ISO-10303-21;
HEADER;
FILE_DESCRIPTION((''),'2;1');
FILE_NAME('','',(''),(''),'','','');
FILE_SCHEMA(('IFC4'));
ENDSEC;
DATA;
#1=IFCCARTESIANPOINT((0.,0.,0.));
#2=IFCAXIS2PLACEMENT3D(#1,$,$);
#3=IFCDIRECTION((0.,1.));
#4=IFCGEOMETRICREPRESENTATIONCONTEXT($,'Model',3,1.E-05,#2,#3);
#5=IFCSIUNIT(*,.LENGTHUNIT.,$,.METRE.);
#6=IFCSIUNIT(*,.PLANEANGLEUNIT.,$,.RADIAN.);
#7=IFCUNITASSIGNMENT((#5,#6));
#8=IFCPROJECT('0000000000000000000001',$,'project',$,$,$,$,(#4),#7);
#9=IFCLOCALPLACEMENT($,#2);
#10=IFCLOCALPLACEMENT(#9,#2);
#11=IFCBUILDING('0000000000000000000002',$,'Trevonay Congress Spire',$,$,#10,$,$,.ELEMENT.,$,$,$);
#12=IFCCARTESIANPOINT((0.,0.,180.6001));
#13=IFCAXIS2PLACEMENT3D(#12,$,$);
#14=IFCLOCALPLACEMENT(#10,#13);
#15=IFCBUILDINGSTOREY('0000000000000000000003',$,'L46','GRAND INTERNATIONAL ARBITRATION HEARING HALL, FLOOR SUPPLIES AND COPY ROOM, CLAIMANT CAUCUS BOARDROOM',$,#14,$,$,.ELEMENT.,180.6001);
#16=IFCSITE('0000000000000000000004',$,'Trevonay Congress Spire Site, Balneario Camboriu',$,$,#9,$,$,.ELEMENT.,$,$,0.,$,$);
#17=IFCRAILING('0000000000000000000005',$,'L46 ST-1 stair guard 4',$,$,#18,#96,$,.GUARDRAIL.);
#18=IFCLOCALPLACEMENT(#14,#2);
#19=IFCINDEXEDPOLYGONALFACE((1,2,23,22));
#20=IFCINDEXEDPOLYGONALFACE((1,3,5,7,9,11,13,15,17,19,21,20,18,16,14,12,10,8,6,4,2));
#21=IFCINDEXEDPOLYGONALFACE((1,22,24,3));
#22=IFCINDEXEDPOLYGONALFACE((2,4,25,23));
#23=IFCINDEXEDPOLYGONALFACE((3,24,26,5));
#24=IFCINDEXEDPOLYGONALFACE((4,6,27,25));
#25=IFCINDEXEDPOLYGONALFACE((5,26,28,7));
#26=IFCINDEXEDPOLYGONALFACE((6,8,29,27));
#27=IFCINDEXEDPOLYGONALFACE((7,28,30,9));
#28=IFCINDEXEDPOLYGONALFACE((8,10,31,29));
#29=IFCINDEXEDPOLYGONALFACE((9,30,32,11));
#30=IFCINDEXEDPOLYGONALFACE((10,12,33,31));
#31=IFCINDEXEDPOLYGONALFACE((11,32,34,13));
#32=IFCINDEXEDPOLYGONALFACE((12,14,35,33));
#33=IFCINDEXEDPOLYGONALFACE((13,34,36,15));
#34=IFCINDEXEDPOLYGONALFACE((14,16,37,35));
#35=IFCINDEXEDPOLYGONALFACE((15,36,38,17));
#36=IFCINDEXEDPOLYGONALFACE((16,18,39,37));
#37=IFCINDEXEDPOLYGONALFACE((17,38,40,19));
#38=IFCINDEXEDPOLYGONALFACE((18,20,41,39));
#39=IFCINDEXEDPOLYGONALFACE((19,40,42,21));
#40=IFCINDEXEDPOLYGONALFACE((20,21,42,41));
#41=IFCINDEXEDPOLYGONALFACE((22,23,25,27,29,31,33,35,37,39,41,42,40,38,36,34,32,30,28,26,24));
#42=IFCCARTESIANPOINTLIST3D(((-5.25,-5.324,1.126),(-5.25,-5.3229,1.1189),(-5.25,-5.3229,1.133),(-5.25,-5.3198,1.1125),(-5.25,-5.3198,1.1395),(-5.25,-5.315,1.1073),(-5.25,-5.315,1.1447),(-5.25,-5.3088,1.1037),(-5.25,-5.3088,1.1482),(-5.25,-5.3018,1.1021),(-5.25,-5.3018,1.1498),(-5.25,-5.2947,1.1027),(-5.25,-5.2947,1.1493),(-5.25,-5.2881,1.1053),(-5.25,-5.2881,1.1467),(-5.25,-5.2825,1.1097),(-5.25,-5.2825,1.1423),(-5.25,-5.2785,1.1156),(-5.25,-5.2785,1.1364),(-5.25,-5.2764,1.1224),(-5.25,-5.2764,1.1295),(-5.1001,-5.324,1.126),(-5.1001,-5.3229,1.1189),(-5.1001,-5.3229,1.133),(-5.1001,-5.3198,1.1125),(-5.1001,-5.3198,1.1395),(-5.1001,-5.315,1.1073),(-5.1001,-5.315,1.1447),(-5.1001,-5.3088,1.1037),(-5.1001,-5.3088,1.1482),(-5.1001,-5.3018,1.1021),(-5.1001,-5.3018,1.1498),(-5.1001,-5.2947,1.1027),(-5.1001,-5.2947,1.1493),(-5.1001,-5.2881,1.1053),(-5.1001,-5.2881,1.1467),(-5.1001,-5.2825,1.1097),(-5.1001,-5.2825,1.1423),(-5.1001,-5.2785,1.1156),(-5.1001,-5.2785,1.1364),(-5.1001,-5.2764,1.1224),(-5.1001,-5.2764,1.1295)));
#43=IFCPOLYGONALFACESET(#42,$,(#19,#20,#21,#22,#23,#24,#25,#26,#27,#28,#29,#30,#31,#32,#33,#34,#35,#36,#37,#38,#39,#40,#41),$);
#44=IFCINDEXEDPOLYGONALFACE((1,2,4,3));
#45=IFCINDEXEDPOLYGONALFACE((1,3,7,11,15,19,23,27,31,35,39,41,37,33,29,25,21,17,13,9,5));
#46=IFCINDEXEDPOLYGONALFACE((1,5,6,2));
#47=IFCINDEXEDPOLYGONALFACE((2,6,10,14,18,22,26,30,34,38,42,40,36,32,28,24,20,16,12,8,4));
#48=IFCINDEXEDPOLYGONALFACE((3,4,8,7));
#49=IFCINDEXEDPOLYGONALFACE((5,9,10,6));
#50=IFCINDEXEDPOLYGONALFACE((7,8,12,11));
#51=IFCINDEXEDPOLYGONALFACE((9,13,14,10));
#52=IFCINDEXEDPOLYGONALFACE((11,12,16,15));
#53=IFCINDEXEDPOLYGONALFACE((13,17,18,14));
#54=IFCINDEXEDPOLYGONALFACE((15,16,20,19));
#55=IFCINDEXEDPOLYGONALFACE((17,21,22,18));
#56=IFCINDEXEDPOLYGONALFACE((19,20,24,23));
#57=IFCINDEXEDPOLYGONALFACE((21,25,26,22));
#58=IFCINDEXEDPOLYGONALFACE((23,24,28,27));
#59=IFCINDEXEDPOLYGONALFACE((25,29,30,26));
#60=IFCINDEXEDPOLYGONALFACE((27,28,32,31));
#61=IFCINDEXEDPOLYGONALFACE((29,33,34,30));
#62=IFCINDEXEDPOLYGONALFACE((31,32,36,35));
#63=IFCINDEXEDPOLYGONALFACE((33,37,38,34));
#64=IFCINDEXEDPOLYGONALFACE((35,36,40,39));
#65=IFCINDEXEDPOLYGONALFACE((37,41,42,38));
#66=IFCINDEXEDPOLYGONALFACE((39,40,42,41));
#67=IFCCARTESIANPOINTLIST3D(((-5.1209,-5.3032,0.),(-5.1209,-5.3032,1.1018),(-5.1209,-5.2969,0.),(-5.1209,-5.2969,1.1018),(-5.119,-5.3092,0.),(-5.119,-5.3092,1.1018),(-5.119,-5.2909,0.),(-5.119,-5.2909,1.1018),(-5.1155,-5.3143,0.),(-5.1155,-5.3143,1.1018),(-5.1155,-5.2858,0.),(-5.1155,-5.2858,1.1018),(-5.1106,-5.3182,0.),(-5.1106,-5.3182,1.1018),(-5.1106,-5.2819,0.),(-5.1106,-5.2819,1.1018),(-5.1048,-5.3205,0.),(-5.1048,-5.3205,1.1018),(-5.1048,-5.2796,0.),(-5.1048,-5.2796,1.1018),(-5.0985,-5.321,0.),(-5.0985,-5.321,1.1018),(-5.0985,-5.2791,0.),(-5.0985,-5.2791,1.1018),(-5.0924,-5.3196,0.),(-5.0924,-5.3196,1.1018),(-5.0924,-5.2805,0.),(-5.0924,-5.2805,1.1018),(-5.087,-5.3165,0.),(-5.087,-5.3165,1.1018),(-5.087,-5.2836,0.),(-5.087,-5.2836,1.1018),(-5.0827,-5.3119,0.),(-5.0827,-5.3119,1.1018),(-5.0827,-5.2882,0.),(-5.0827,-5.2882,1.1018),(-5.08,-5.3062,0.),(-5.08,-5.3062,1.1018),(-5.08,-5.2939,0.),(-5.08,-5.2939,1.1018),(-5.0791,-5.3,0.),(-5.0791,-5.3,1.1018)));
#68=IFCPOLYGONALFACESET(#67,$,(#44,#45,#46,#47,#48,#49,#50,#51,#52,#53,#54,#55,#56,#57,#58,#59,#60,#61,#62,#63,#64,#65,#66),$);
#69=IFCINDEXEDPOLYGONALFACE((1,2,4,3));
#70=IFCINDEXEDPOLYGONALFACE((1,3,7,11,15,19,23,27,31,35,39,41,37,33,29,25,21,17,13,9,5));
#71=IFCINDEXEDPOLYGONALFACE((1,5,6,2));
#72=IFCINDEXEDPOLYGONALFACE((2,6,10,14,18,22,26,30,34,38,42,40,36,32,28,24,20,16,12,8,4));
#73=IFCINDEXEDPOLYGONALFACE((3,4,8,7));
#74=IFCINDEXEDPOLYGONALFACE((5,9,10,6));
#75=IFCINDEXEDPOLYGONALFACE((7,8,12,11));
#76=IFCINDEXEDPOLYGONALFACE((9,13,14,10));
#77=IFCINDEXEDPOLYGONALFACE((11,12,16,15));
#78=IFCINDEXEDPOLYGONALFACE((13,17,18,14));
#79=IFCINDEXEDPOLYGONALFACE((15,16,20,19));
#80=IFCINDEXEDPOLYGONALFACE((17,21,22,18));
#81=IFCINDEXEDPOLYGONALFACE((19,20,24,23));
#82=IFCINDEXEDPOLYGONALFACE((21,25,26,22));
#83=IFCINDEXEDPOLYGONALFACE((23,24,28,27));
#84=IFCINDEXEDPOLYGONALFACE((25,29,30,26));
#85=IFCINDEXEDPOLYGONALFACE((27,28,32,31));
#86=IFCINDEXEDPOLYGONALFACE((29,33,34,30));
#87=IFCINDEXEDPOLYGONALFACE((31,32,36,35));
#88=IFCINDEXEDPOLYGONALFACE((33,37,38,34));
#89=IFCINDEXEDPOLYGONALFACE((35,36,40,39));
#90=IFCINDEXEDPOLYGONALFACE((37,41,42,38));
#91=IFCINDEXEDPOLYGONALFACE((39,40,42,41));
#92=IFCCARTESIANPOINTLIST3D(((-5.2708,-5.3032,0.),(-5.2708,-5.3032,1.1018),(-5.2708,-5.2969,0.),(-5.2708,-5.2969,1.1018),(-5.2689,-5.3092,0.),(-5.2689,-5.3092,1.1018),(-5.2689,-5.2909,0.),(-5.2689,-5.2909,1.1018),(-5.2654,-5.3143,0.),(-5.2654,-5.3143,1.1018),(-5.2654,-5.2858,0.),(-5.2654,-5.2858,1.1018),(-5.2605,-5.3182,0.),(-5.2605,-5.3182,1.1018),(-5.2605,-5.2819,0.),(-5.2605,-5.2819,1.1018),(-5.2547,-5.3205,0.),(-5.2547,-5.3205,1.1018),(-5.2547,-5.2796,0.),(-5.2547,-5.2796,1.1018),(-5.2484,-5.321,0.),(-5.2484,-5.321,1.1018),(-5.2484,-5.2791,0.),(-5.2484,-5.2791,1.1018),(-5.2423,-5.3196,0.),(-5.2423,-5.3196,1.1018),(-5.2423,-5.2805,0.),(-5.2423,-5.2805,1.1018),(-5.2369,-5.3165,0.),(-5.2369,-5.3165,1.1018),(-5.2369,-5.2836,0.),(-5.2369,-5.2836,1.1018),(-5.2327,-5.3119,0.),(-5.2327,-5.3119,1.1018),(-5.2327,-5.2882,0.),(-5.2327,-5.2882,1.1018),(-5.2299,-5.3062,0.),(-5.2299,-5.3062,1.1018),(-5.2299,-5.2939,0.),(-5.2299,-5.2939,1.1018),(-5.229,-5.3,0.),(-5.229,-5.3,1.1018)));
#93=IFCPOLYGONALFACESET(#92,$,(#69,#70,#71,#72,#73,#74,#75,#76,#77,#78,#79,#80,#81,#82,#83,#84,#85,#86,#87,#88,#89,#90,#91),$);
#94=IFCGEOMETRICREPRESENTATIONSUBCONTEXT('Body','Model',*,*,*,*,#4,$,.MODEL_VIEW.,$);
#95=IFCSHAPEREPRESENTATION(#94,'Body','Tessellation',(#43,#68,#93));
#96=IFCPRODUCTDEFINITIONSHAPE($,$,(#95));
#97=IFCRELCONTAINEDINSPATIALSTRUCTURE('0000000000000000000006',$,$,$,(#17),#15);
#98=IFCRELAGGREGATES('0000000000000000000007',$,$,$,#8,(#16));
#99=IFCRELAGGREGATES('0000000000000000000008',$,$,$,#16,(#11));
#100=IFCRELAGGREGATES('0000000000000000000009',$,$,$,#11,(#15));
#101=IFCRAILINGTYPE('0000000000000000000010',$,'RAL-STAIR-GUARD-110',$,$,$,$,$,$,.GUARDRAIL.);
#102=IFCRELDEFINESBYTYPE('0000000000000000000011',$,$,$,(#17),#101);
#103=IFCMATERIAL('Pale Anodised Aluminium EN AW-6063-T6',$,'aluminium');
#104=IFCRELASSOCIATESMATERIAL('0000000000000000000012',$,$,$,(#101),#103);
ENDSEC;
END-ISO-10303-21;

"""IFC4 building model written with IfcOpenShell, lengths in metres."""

from ifc_helpers import new_model, si_unit, direction, frame, origin, origin_2d, place, context, subcontext, project, spatial, circle, extrude, material, type_object, element, save


model = new_model("IFC4")

# Units and contexts
model_context = context("Model", 3, precision=1e-05, world=origin(), true_north=direction((0.0, 1.0)))
body_context = subcontext(model_context, "Body", "Model", "MODEL_VIEW")
ifc_project = project(units=[si_unit("LENGTHUNIT", "METRE"), si_unit("PLANEANGLEUNIT", "RADIAN")], contexts=[model_context])

# Site, building, storey
site_placement = place(None, origin())
site = spatial("IfcSite", under=ifc_project, at=site_placement, Name="Trevonay Congress Spire Site, Balneario Camboriu", CompositionType="ELEMENT", RefElevation=0.0)
building_placement = place(site_placement, origin())
building = spatial("IfcBuilding", under=site, at=building_placement, Name="Trevonay Congress Spire", CompositionType="ELEMENT")
storey_placement = place(building_placement, frame((0.0, 0.0, 180.6001)))
storey = spatial("IfcBuildingStorey", under=building, at=storey_placement, Name="L46", Description="GRAND INTERNATIONAL ARBITRATION HEARING HALL, FLOOR SUPPLIES AND COPY ROOM, CLAIMANT CAUCUS BOARDROOM", CompositionType="ELEMENT", Elevation=180.6001)

# Railing
ifc_material_1 = material(Name="Pale Anodised Aluminium EN AW-6063-T6", Category="aluminium")
railing_type_1 = type_object("IfcRailingType", Name="RAL-STAIR-GUARD-110", PredefinedType="GUARDRAIL", material=ifc_material_1)
railing_1_placement = place(storey_placement, frame((-5.1001, -5.3, 0.0)))
element("IfcRailing", 1, at=railing_1_placement, inside=storey, type_object=railing_type_1, Name="L46 ST-1 stair guard 4", PredefinedType="GUARDRAIL", context=body_context, shape_type="SweptSolid", body=[
    extrude(circle(Radius=0.0239, at=origin_2d()), frame((0.0, 0.0, 1.126), z_axis=(-1.0, 0.0, 0.0), x_axis=(0.0, -1.0, 0.0)), (0.0, 0.0, 1.0), 0.1499),
    extrude(circle(Radius=0.021, at=origin_2d()), origin(), (0.0, 0.0, 1.0), 1.1018),
    extrude(circle(Radius=0.021, at=origin_2d()), frame((-0.1499, 0.0, 0.0)), (0.0, 0.0, 1.0), 1.1018),
])

save(model, "model.ifc")
